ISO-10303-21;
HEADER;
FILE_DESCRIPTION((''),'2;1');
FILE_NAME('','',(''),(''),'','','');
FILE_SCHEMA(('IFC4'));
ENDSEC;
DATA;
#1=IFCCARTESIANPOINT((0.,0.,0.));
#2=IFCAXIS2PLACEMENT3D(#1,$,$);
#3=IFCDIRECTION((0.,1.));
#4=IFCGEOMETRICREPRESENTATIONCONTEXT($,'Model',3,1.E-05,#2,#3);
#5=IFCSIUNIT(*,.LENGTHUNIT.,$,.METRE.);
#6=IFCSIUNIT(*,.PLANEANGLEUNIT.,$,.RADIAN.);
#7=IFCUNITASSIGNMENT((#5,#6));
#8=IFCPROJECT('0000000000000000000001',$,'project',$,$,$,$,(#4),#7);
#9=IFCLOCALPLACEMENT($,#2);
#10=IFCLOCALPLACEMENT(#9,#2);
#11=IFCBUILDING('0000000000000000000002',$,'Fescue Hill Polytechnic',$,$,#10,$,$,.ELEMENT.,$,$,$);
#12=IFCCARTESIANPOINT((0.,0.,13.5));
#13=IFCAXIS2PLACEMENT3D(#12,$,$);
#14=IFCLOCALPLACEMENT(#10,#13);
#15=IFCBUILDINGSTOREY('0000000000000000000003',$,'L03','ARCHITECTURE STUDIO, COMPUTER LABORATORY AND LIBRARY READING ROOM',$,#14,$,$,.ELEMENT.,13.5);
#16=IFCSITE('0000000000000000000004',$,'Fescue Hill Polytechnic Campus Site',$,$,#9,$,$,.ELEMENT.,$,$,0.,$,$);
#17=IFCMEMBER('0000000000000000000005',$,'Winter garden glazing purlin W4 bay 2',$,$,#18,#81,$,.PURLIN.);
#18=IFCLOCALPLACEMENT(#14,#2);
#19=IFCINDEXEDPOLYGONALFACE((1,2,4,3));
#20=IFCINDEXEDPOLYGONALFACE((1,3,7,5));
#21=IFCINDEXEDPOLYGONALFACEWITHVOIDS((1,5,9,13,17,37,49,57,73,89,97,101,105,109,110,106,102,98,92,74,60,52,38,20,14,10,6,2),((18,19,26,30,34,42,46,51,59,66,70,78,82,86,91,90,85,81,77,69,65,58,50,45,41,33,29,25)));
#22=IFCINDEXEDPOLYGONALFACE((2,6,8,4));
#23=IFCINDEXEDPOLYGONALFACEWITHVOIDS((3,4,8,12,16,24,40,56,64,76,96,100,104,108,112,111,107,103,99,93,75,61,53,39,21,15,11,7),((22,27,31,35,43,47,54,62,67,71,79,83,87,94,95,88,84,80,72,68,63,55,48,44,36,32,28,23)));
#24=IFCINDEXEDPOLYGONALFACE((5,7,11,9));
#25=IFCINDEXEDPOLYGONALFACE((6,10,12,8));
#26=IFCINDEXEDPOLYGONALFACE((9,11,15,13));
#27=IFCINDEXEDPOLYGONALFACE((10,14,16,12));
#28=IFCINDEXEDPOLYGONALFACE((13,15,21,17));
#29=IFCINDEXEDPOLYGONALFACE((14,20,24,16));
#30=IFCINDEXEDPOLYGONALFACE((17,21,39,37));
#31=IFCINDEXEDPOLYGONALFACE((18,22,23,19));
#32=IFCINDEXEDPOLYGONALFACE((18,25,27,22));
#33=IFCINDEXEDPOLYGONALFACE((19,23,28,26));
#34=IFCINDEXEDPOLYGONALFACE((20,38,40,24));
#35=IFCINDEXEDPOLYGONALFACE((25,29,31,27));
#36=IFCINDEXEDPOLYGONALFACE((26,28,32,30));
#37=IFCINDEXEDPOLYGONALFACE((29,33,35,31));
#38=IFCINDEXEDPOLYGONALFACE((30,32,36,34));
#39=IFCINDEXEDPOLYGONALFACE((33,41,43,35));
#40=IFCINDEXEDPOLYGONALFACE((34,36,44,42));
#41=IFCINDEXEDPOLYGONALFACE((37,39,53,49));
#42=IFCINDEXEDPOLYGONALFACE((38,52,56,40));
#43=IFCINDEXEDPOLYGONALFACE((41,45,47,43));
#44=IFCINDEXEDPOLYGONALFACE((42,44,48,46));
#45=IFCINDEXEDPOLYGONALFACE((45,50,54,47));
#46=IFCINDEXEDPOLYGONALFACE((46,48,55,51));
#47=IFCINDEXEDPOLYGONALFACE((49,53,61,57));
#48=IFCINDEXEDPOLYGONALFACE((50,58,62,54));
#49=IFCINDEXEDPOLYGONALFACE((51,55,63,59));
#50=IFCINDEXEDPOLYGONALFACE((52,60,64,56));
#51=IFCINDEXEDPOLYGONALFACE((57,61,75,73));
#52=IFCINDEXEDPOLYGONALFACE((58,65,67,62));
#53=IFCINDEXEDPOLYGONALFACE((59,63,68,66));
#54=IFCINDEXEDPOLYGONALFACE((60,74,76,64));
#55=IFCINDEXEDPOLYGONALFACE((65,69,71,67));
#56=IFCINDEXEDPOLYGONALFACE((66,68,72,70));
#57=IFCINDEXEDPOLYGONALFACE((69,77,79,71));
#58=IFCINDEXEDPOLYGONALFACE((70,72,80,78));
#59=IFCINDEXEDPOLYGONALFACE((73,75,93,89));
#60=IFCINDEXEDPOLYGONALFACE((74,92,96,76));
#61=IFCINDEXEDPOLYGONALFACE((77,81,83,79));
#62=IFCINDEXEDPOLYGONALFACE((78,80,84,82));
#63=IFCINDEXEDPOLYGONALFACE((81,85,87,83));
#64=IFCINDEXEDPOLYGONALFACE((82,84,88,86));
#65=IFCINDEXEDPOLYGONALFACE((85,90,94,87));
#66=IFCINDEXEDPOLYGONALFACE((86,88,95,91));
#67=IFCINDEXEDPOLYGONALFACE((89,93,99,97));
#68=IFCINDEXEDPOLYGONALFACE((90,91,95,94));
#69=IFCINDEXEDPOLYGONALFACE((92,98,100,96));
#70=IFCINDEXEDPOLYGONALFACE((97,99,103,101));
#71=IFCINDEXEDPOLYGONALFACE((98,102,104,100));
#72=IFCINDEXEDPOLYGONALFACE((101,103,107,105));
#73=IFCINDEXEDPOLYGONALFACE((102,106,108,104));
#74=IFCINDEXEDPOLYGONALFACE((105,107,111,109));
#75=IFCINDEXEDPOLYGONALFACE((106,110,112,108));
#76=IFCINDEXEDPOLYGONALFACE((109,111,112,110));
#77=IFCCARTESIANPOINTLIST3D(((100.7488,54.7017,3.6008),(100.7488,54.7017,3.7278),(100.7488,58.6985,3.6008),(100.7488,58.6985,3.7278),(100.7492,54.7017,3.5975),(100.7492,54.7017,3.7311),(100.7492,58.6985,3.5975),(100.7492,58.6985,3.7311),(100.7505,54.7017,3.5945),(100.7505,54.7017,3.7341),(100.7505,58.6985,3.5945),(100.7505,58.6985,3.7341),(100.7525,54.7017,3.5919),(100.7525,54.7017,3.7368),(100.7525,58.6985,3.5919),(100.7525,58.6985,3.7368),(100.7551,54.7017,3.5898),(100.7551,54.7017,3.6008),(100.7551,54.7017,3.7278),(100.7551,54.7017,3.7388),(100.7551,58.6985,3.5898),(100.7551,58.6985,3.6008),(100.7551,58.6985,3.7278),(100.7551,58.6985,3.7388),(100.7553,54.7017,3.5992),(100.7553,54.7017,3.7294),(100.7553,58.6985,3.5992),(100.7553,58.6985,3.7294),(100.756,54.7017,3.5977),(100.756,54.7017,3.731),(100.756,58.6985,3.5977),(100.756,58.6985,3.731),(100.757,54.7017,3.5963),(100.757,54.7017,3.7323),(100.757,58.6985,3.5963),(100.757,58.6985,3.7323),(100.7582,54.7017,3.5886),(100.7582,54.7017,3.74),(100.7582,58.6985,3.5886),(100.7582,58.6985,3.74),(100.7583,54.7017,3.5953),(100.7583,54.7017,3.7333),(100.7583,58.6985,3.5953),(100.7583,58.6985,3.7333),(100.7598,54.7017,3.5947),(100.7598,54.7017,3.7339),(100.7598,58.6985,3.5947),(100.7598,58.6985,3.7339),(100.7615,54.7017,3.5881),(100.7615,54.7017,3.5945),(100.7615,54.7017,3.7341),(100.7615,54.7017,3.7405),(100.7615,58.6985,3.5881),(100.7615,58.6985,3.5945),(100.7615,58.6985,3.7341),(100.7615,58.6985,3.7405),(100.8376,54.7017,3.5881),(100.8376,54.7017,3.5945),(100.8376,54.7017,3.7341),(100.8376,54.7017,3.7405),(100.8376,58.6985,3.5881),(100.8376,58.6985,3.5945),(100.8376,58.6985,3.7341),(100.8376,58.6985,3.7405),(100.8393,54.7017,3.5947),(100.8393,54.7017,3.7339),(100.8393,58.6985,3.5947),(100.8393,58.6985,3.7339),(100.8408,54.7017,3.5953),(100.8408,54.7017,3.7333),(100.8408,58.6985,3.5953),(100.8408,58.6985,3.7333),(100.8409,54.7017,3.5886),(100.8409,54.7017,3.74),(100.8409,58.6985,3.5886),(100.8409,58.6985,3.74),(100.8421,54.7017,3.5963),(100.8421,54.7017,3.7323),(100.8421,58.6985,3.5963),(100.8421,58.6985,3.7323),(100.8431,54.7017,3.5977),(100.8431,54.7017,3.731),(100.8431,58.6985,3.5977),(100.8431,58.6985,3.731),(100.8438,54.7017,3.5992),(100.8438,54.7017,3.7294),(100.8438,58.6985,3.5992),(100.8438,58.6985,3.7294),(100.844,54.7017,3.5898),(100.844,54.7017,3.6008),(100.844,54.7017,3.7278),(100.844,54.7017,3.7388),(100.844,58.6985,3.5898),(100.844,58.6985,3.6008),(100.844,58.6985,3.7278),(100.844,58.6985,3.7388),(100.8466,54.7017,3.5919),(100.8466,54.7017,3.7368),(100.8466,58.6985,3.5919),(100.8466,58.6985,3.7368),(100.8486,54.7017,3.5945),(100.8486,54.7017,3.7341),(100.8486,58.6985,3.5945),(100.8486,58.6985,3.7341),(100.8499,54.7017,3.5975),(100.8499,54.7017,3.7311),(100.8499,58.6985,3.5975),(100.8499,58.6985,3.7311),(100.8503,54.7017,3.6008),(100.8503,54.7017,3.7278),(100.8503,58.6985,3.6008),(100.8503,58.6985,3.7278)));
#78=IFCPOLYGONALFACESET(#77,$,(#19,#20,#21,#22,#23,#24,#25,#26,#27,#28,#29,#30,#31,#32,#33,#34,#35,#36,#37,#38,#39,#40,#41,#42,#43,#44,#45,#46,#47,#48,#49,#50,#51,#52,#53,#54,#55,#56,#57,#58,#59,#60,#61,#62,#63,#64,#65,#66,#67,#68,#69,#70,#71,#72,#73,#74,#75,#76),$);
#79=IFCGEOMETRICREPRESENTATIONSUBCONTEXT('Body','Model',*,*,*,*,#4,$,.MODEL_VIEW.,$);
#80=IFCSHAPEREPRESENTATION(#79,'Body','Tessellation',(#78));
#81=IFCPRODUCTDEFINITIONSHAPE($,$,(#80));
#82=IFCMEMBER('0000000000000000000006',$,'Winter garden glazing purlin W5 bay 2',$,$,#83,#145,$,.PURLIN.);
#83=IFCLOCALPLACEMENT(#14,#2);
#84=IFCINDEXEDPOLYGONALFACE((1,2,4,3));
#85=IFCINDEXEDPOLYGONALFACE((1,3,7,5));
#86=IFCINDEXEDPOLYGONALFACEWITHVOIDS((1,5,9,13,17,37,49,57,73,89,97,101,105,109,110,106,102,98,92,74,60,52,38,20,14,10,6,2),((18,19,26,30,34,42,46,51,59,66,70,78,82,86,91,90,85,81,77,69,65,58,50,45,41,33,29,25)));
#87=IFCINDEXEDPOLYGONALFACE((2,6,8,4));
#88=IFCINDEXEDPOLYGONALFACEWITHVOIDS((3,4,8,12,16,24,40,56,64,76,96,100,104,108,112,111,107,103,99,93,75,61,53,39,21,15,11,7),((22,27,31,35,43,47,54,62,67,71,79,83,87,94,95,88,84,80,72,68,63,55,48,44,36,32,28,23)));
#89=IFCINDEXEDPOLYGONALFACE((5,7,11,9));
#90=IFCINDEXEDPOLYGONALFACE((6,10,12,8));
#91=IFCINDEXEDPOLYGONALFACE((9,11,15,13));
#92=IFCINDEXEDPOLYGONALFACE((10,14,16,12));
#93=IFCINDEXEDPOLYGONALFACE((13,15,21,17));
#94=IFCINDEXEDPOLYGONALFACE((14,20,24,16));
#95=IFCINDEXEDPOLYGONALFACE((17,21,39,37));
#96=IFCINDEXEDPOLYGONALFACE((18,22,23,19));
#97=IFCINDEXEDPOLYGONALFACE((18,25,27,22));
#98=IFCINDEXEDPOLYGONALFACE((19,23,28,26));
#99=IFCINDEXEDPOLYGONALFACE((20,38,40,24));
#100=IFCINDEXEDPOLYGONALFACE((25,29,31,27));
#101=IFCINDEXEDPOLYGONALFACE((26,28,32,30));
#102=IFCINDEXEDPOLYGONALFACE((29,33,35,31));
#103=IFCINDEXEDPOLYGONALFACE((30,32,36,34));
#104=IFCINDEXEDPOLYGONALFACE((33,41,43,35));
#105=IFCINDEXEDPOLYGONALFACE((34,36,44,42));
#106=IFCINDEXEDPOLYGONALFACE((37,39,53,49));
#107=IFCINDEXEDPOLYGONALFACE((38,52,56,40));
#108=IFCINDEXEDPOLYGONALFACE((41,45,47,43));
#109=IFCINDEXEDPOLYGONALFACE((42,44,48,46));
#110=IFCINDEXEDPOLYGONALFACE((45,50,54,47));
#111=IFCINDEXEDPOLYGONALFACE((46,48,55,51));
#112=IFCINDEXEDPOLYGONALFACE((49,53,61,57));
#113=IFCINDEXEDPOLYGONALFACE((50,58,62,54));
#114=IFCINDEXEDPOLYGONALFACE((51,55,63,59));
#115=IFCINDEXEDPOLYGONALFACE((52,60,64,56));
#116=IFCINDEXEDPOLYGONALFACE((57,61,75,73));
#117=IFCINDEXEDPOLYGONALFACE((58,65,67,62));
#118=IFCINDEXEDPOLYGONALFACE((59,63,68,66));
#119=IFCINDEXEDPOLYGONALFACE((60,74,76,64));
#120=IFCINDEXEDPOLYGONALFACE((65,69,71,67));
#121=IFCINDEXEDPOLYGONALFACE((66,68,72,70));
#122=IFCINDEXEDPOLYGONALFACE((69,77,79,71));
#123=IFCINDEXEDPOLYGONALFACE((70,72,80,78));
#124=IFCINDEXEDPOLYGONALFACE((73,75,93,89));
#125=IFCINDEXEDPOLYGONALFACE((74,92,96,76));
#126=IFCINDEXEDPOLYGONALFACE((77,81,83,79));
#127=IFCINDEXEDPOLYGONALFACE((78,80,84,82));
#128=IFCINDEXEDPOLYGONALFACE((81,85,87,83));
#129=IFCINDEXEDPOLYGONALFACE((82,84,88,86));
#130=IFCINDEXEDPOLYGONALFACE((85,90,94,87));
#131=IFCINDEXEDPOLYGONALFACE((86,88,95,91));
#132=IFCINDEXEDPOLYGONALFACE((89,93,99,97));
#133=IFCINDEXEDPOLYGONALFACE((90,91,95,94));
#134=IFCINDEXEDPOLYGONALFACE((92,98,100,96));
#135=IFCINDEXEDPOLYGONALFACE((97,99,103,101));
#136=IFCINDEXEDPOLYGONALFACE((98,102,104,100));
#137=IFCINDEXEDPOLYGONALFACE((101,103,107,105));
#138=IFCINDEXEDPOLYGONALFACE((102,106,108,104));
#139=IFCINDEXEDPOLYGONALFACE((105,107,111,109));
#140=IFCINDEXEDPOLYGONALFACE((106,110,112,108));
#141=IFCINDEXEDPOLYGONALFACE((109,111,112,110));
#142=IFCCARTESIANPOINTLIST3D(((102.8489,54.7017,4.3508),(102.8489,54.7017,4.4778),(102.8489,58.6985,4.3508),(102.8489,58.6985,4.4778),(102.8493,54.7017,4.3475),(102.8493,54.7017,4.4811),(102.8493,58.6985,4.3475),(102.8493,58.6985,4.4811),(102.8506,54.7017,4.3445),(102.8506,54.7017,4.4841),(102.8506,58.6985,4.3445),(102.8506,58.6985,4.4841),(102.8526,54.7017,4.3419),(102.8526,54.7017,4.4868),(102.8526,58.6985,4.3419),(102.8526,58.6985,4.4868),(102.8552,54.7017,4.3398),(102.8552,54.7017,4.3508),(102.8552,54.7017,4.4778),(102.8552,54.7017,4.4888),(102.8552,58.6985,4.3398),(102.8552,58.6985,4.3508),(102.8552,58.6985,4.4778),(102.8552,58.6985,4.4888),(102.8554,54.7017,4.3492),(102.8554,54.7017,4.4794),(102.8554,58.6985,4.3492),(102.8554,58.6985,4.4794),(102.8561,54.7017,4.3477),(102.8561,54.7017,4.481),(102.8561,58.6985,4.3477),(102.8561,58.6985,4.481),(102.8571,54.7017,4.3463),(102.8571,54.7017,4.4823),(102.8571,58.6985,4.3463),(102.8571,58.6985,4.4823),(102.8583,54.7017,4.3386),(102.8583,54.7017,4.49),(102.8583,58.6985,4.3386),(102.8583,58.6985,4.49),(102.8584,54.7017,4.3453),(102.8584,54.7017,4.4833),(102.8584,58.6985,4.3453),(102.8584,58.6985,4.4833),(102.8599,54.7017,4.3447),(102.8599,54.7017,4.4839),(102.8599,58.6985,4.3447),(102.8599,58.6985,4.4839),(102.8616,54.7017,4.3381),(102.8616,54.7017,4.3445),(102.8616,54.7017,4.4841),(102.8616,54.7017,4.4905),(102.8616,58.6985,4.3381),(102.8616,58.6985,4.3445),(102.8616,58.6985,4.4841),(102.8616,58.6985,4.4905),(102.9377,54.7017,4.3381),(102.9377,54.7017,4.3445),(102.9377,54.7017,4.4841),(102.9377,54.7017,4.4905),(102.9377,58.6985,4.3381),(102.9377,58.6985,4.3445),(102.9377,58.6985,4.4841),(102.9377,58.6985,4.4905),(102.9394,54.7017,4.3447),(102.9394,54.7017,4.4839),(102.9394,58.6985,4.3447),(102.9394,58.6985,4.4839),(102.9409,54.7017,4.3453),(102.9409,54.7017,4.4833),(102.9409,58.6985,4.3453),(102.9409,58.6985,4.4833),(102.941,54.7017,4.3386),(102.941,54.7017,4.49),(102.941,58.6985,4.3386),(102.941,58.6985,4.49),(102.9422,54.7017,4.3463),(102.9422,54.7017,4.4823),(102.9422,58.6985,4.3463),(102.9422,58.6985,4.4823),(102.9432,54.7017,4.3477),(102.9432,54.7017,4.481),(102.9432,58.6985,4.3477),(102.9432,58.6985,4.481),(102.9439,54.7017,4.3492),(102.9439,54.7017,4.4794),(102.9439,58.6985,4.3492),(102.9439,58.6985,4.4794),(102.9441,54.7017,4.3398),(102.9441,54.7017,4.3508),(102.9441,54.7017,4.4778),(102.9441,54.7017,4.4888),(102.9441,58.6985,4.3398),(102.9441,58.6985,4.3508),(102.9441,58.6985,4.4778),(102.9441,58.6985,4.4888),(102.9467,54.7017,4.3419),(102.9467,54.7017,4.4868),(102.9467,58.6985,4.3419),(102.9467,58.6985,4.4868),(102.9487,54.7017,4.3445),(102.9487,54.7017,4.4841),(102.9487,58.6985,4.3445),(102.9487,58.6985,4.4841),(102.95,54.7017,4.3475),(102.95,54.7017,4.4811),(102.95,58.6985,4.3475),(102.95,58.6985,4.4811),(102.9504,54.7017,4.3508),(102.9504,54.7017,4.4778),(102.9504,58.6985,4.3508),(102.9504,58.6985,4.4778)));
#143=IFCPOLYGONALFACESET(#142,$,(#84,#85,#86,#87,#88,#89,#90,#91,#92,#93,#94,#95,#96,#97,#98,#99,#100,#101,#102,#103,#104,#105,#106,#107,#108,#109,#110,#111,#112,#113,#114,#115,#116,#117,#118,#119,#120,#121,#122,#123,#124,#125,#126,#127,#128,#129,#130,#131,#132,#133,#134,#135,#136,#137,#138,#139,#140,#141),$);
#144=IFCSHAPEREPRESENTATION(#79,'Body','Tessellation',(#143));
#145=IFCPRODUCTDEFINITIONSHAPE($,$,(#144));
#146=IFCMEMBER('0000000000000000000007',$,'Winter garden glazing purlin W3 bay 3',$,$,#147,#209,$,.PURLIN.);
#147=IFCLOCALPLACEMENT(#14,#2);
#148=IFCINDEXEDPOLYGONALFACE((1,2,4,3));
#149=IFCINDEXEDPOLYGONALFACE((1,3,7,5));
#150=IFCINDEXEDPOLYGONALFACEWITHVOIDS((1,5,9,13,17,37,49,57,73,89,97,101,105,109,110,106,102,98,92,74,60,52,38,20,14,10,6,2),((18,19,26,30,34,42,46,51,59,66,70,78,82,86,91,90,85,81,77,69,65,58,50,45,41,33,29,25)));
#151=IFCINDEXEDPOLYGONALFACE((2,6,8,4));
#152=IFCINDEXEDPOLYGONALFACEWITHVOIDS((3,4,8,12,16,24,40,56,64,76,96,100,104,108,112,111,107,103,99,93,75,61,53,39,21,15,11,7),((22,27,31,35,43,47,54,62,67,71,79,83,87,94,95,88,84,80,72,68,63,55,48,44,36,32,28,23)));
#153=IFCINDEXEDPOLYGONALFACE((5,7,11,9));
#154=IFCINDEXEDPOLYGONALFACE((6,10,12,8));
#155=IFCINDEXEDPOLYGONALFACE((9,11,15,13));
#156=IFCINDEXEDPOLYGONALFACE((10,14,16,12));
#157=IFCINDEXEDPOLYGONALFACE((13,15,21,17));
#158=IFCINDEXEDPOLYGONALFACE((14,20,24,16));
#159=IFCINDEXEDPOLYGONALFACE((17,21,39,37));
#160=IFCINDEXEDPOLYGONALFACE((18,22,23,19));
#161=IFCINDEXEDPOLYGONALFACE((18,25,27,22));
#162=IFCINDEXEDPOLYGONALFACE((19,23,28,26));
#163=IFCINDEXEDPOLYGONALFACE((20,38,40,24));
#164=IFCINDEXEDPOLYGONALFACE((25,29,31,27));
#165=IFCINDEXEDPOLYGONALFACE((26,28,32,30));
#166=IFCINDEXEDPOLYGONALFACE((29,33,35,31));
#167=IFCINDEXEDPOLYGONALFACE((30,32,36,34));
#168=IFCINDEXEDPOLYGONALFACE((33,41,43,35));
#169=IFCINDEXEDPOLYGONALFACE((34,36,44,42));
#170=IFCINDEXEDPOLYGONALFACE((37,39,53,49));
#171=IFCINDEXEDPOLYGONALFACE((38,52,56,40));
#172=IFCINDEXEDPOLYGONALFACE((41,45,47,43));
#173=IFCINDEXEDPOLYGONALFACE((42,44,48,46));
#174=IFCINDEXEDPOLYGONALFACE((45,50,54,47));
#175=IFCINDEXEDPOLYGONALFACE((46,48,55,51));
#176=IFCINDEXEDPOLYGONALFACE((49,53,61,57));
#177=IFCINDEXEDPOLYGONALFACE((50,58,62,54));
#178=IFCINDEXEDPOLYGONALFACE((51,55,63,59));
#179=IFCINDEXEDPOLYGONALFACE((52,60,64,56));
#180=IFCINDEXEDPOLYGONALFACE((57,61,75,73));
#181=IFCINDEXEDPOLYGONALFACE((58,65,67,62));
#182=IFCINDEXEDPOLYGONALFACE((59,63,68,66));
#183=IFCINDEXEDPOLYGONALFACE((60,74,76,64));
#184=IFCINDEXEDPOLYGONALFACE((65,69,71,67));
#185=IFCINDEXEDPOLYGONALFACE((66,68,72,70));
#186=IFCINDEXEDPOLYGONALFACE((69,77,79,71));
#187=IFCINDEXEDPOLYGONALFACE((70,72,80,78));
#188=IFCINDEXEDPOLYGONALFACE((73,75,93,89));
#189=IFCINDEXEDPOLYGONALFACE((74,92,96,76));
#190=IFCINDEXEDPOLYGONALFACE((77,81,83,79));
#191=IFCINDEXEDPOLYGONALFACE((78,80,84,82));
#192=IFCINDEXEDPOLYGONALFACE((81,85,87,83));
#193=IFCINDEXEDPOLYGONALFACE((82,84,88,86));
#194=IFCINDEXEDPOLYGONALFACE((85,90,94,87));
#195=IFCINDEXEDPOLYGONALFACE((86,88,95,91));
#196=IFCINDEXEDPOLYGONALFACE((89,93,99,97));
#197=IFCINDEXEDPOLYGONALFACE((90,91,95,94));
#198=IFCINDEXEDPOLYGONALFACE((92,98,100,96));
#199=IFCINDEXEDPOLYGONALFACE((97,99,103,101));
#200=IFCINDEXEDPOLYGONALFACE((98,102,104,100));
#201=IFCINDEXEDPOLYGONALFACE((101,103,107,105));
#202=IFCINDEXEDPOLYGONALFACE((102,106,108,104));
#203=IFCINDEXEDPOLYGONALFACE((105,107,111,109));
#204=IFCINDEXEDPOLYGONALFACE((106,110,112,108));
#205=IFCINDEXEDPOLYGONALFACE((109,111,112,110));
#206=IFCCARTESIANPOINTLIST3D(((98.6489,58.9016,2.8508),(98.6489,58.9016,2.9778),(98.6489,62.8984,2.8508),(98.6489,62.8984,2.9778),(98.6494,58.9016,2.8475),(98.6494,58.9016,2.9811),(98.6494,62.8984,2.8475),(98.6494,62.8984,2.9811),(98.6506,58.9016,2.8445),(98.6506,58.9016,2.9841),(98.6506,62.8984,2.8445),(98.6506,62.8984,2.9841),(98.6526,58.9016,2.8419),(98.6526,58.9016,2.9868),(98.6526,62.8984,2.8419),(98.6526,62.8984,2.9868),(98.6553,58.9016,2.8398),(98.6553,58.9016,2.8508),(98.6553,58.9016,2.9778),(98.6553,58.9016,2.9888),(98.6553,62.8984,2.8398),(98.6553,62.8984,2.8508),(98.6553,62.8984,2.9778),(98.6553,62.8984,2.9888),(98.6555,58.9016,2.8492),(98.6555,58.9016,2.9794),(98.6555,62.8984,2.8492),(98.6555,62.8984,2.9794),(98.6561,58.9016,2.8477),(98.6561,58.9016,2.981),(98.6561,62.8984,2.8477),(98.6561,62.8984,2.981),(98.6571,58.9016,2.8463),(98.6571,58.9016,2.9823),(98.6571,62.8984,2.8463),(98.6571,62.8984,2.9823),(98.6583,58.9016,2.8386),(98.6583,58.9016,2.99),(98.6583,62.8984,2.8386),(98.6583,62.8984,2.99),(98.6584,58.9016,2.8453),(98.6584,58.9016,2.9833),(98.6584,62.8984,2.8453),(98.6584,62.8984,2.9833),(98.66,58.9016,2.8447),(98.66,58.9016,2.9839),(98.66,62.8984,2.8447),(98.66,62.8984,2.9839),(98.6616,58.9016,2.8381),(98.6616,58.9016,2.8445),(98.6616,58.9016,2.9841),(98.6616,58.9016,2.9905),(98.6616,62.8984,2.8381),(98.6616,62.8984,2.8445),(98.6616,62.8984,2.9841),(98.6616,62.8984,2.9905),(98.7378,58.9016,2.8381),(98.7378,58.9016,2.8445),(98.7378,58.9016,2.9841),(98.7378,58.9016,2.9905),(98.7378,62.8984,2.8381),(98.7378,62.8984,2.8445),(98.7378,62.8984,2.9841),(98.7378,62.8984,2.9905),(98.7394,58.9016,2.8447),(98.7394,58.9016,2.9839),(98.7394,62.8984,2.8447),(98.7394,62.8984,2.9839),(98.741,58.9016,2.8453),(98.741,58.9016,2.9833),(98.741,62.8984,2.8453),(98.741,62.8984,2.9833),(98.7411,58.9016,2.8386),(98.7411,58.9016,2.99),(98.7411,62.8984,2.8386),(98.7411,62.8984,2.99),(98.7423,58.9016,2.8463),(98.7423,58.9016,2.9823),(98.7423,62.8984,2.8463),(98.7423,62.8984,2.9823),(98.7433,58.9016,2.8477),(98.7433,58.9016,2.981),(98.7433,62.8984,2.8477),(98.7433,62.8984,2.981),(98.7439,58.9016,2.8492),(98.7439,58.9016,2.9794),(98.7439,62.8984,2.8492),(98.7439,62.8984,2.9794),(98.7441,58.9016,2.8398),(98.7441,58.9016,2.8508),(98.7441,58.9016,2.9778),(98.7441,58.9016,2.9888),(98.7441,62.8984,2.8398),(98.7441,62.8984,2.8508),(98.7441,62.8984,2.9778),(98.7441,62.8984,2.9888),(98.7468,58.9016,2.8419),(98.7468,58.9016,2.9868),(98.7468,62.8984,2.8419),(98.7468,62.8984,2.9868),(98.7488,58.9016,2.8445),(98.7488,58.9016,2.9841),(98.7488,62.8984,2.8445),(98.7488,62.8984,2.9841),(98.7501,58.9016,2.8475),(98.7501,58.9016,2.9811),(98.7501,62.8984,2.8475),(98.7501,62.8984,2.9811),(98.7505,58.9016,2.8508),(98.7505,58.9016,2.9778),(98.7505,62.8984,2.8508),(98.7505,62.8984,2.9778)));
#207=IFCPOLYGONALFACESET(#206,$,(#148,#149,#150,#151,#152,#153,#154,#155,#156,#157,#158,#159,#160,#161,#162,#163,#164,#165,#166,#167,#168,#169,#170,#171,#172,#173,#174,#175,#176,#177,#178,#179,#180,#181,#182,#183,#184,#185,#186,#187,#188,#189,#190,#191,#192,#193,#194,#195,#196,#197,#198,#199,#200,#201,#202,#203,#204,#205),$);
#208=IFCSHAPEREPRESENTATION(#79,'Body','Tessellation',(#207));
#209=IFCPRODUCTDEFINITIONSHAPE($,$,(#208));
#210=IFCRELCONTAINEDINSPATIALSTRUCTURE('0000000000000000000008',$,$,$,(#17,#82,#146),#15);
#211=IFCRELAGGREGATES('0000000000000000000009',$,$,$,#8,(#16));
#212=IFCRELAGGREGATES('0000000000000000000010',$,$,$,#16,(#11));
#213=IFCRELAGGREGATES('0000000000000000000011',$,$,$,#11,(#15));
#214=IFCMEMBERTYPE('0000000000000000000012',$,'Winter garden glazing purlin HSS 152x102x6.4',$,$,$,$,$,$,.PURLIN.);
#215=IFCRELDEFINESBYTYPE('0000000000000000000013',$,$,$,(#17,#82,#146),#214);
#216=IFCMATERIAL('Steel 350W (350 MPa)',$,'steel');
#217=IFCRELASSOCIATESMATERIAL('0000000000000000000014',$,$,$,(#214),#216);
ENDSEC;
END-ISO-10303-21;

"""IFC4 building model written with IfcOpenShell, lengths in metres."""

from ifc_helpers import new_model, si_unit, direction, frame, origin, origin_2d, place, context, subcontext, project, spatial, hollow_rectangle, extrude, material, material_profile, profile_set, type_object, element, save


model = new_model("IFC4")

# Units and contexts
model_context = context("Model", 3, precision=1e-05, world=origin(), true_north=direction((0.0, 1.0)))
body_context = subcontext(model_context, "Body", "Model", "MODEL_VIEW")
ifc_project = project(units=[si_unit("LENGTHUNIT", "METRE"), si_unit("PLANEANGLEUNIT", "RADIAN")], contexts=[model_context])

# Site, building, storey
site_placement = place(None, origin())
site = spatial("IfcSite", under=ifc_project, at=site_placement, Name="Fescue Hill Polytechnic Campus Site", CompositionType="ELEMENT", RefElevation=0.0)
building_placement = place(site_placement, origin())
building = spatial("IfcBuilding", under=site, at=building_placement, Name="Fescue Hill Polytechnic", CompositionType="ELEMENT")
storey_placement = place(building_placement, frame((0.0, 0.0, 13.5)))
storey = spatial("IfcBuildingStorey", under=building, at=storey_placement, Name="L03", Description="ARCHITECTURE STUDIO, COMPUTER LABORATORY AND LIBRARY READING ROOM", CompositionType="ELEMENT", Elevation=13.5)

# Members
ifc_material_1 = material(Name="Steel 350W (350 MPa)", Category="steel")
ifc_material_profile_1 = material_profile(ifc_material_1, hollow_rectangle(XDim=0.1016, YDim=0.1523, WallThickness=0.0063, InnerFilletRadius=0.0063, OuterFilletRadius=0.0127, at=origin_2d()), Name="Winter garden glazing purlin HSS 152x102x6.4")
ifc_profile_set_1 = profile_set([ifc_material_profile_1], Name="Steel 350W (350 MPa)")
member_type_1 = type_object("IfcMemberType", Name="Winter garden glazing purlin HSS 152x102x6.4", PredefinedType="PURLIN", material=ifc_profile_set_1)
for number, where, z_axis, x_axis, name in (
    (1, (100.7996, 54.7017, 3.6643), (0.0, 1.0, 0.0), (-1.0, 0.0, 0.0), "Winter garden glazing purlin W4 bay 2"),
    (2, (102.8997, 54.7017, 4.4143), (0.0, 1.0, 0.0), (-1.0, 0.0, 0.0), "Winter garden glazing purlin W5 bay 2"),
    (3, (98.6997, 58.9016, 2.9143), (0.0, 1.0, 0.0), (-1.0, 0.0, 0.0), "Winter garden glazing purlin W3 bay 3"),
):
    element("IfcMember", number, at=place(storey_placement, frame(where, z_axis=z_axis, x_axis=x_axis)), inside=storey, type_object=member_type_1, Name=name, PredefinedType="PURLIN", context=body_context, shape_type="SweptSolid", body=[
        extrude(hollow_rectangle(XDim=0.1016, YDim=0.1523, WallThickness=0.0063, InnerFilletRadius=0.0063, OuterFilletRadius=0.0127, at=origin_2d()), origin(), (0.0, 0.0, 1.0), 3.9968),
    ])

save(model, "model.ifc")
